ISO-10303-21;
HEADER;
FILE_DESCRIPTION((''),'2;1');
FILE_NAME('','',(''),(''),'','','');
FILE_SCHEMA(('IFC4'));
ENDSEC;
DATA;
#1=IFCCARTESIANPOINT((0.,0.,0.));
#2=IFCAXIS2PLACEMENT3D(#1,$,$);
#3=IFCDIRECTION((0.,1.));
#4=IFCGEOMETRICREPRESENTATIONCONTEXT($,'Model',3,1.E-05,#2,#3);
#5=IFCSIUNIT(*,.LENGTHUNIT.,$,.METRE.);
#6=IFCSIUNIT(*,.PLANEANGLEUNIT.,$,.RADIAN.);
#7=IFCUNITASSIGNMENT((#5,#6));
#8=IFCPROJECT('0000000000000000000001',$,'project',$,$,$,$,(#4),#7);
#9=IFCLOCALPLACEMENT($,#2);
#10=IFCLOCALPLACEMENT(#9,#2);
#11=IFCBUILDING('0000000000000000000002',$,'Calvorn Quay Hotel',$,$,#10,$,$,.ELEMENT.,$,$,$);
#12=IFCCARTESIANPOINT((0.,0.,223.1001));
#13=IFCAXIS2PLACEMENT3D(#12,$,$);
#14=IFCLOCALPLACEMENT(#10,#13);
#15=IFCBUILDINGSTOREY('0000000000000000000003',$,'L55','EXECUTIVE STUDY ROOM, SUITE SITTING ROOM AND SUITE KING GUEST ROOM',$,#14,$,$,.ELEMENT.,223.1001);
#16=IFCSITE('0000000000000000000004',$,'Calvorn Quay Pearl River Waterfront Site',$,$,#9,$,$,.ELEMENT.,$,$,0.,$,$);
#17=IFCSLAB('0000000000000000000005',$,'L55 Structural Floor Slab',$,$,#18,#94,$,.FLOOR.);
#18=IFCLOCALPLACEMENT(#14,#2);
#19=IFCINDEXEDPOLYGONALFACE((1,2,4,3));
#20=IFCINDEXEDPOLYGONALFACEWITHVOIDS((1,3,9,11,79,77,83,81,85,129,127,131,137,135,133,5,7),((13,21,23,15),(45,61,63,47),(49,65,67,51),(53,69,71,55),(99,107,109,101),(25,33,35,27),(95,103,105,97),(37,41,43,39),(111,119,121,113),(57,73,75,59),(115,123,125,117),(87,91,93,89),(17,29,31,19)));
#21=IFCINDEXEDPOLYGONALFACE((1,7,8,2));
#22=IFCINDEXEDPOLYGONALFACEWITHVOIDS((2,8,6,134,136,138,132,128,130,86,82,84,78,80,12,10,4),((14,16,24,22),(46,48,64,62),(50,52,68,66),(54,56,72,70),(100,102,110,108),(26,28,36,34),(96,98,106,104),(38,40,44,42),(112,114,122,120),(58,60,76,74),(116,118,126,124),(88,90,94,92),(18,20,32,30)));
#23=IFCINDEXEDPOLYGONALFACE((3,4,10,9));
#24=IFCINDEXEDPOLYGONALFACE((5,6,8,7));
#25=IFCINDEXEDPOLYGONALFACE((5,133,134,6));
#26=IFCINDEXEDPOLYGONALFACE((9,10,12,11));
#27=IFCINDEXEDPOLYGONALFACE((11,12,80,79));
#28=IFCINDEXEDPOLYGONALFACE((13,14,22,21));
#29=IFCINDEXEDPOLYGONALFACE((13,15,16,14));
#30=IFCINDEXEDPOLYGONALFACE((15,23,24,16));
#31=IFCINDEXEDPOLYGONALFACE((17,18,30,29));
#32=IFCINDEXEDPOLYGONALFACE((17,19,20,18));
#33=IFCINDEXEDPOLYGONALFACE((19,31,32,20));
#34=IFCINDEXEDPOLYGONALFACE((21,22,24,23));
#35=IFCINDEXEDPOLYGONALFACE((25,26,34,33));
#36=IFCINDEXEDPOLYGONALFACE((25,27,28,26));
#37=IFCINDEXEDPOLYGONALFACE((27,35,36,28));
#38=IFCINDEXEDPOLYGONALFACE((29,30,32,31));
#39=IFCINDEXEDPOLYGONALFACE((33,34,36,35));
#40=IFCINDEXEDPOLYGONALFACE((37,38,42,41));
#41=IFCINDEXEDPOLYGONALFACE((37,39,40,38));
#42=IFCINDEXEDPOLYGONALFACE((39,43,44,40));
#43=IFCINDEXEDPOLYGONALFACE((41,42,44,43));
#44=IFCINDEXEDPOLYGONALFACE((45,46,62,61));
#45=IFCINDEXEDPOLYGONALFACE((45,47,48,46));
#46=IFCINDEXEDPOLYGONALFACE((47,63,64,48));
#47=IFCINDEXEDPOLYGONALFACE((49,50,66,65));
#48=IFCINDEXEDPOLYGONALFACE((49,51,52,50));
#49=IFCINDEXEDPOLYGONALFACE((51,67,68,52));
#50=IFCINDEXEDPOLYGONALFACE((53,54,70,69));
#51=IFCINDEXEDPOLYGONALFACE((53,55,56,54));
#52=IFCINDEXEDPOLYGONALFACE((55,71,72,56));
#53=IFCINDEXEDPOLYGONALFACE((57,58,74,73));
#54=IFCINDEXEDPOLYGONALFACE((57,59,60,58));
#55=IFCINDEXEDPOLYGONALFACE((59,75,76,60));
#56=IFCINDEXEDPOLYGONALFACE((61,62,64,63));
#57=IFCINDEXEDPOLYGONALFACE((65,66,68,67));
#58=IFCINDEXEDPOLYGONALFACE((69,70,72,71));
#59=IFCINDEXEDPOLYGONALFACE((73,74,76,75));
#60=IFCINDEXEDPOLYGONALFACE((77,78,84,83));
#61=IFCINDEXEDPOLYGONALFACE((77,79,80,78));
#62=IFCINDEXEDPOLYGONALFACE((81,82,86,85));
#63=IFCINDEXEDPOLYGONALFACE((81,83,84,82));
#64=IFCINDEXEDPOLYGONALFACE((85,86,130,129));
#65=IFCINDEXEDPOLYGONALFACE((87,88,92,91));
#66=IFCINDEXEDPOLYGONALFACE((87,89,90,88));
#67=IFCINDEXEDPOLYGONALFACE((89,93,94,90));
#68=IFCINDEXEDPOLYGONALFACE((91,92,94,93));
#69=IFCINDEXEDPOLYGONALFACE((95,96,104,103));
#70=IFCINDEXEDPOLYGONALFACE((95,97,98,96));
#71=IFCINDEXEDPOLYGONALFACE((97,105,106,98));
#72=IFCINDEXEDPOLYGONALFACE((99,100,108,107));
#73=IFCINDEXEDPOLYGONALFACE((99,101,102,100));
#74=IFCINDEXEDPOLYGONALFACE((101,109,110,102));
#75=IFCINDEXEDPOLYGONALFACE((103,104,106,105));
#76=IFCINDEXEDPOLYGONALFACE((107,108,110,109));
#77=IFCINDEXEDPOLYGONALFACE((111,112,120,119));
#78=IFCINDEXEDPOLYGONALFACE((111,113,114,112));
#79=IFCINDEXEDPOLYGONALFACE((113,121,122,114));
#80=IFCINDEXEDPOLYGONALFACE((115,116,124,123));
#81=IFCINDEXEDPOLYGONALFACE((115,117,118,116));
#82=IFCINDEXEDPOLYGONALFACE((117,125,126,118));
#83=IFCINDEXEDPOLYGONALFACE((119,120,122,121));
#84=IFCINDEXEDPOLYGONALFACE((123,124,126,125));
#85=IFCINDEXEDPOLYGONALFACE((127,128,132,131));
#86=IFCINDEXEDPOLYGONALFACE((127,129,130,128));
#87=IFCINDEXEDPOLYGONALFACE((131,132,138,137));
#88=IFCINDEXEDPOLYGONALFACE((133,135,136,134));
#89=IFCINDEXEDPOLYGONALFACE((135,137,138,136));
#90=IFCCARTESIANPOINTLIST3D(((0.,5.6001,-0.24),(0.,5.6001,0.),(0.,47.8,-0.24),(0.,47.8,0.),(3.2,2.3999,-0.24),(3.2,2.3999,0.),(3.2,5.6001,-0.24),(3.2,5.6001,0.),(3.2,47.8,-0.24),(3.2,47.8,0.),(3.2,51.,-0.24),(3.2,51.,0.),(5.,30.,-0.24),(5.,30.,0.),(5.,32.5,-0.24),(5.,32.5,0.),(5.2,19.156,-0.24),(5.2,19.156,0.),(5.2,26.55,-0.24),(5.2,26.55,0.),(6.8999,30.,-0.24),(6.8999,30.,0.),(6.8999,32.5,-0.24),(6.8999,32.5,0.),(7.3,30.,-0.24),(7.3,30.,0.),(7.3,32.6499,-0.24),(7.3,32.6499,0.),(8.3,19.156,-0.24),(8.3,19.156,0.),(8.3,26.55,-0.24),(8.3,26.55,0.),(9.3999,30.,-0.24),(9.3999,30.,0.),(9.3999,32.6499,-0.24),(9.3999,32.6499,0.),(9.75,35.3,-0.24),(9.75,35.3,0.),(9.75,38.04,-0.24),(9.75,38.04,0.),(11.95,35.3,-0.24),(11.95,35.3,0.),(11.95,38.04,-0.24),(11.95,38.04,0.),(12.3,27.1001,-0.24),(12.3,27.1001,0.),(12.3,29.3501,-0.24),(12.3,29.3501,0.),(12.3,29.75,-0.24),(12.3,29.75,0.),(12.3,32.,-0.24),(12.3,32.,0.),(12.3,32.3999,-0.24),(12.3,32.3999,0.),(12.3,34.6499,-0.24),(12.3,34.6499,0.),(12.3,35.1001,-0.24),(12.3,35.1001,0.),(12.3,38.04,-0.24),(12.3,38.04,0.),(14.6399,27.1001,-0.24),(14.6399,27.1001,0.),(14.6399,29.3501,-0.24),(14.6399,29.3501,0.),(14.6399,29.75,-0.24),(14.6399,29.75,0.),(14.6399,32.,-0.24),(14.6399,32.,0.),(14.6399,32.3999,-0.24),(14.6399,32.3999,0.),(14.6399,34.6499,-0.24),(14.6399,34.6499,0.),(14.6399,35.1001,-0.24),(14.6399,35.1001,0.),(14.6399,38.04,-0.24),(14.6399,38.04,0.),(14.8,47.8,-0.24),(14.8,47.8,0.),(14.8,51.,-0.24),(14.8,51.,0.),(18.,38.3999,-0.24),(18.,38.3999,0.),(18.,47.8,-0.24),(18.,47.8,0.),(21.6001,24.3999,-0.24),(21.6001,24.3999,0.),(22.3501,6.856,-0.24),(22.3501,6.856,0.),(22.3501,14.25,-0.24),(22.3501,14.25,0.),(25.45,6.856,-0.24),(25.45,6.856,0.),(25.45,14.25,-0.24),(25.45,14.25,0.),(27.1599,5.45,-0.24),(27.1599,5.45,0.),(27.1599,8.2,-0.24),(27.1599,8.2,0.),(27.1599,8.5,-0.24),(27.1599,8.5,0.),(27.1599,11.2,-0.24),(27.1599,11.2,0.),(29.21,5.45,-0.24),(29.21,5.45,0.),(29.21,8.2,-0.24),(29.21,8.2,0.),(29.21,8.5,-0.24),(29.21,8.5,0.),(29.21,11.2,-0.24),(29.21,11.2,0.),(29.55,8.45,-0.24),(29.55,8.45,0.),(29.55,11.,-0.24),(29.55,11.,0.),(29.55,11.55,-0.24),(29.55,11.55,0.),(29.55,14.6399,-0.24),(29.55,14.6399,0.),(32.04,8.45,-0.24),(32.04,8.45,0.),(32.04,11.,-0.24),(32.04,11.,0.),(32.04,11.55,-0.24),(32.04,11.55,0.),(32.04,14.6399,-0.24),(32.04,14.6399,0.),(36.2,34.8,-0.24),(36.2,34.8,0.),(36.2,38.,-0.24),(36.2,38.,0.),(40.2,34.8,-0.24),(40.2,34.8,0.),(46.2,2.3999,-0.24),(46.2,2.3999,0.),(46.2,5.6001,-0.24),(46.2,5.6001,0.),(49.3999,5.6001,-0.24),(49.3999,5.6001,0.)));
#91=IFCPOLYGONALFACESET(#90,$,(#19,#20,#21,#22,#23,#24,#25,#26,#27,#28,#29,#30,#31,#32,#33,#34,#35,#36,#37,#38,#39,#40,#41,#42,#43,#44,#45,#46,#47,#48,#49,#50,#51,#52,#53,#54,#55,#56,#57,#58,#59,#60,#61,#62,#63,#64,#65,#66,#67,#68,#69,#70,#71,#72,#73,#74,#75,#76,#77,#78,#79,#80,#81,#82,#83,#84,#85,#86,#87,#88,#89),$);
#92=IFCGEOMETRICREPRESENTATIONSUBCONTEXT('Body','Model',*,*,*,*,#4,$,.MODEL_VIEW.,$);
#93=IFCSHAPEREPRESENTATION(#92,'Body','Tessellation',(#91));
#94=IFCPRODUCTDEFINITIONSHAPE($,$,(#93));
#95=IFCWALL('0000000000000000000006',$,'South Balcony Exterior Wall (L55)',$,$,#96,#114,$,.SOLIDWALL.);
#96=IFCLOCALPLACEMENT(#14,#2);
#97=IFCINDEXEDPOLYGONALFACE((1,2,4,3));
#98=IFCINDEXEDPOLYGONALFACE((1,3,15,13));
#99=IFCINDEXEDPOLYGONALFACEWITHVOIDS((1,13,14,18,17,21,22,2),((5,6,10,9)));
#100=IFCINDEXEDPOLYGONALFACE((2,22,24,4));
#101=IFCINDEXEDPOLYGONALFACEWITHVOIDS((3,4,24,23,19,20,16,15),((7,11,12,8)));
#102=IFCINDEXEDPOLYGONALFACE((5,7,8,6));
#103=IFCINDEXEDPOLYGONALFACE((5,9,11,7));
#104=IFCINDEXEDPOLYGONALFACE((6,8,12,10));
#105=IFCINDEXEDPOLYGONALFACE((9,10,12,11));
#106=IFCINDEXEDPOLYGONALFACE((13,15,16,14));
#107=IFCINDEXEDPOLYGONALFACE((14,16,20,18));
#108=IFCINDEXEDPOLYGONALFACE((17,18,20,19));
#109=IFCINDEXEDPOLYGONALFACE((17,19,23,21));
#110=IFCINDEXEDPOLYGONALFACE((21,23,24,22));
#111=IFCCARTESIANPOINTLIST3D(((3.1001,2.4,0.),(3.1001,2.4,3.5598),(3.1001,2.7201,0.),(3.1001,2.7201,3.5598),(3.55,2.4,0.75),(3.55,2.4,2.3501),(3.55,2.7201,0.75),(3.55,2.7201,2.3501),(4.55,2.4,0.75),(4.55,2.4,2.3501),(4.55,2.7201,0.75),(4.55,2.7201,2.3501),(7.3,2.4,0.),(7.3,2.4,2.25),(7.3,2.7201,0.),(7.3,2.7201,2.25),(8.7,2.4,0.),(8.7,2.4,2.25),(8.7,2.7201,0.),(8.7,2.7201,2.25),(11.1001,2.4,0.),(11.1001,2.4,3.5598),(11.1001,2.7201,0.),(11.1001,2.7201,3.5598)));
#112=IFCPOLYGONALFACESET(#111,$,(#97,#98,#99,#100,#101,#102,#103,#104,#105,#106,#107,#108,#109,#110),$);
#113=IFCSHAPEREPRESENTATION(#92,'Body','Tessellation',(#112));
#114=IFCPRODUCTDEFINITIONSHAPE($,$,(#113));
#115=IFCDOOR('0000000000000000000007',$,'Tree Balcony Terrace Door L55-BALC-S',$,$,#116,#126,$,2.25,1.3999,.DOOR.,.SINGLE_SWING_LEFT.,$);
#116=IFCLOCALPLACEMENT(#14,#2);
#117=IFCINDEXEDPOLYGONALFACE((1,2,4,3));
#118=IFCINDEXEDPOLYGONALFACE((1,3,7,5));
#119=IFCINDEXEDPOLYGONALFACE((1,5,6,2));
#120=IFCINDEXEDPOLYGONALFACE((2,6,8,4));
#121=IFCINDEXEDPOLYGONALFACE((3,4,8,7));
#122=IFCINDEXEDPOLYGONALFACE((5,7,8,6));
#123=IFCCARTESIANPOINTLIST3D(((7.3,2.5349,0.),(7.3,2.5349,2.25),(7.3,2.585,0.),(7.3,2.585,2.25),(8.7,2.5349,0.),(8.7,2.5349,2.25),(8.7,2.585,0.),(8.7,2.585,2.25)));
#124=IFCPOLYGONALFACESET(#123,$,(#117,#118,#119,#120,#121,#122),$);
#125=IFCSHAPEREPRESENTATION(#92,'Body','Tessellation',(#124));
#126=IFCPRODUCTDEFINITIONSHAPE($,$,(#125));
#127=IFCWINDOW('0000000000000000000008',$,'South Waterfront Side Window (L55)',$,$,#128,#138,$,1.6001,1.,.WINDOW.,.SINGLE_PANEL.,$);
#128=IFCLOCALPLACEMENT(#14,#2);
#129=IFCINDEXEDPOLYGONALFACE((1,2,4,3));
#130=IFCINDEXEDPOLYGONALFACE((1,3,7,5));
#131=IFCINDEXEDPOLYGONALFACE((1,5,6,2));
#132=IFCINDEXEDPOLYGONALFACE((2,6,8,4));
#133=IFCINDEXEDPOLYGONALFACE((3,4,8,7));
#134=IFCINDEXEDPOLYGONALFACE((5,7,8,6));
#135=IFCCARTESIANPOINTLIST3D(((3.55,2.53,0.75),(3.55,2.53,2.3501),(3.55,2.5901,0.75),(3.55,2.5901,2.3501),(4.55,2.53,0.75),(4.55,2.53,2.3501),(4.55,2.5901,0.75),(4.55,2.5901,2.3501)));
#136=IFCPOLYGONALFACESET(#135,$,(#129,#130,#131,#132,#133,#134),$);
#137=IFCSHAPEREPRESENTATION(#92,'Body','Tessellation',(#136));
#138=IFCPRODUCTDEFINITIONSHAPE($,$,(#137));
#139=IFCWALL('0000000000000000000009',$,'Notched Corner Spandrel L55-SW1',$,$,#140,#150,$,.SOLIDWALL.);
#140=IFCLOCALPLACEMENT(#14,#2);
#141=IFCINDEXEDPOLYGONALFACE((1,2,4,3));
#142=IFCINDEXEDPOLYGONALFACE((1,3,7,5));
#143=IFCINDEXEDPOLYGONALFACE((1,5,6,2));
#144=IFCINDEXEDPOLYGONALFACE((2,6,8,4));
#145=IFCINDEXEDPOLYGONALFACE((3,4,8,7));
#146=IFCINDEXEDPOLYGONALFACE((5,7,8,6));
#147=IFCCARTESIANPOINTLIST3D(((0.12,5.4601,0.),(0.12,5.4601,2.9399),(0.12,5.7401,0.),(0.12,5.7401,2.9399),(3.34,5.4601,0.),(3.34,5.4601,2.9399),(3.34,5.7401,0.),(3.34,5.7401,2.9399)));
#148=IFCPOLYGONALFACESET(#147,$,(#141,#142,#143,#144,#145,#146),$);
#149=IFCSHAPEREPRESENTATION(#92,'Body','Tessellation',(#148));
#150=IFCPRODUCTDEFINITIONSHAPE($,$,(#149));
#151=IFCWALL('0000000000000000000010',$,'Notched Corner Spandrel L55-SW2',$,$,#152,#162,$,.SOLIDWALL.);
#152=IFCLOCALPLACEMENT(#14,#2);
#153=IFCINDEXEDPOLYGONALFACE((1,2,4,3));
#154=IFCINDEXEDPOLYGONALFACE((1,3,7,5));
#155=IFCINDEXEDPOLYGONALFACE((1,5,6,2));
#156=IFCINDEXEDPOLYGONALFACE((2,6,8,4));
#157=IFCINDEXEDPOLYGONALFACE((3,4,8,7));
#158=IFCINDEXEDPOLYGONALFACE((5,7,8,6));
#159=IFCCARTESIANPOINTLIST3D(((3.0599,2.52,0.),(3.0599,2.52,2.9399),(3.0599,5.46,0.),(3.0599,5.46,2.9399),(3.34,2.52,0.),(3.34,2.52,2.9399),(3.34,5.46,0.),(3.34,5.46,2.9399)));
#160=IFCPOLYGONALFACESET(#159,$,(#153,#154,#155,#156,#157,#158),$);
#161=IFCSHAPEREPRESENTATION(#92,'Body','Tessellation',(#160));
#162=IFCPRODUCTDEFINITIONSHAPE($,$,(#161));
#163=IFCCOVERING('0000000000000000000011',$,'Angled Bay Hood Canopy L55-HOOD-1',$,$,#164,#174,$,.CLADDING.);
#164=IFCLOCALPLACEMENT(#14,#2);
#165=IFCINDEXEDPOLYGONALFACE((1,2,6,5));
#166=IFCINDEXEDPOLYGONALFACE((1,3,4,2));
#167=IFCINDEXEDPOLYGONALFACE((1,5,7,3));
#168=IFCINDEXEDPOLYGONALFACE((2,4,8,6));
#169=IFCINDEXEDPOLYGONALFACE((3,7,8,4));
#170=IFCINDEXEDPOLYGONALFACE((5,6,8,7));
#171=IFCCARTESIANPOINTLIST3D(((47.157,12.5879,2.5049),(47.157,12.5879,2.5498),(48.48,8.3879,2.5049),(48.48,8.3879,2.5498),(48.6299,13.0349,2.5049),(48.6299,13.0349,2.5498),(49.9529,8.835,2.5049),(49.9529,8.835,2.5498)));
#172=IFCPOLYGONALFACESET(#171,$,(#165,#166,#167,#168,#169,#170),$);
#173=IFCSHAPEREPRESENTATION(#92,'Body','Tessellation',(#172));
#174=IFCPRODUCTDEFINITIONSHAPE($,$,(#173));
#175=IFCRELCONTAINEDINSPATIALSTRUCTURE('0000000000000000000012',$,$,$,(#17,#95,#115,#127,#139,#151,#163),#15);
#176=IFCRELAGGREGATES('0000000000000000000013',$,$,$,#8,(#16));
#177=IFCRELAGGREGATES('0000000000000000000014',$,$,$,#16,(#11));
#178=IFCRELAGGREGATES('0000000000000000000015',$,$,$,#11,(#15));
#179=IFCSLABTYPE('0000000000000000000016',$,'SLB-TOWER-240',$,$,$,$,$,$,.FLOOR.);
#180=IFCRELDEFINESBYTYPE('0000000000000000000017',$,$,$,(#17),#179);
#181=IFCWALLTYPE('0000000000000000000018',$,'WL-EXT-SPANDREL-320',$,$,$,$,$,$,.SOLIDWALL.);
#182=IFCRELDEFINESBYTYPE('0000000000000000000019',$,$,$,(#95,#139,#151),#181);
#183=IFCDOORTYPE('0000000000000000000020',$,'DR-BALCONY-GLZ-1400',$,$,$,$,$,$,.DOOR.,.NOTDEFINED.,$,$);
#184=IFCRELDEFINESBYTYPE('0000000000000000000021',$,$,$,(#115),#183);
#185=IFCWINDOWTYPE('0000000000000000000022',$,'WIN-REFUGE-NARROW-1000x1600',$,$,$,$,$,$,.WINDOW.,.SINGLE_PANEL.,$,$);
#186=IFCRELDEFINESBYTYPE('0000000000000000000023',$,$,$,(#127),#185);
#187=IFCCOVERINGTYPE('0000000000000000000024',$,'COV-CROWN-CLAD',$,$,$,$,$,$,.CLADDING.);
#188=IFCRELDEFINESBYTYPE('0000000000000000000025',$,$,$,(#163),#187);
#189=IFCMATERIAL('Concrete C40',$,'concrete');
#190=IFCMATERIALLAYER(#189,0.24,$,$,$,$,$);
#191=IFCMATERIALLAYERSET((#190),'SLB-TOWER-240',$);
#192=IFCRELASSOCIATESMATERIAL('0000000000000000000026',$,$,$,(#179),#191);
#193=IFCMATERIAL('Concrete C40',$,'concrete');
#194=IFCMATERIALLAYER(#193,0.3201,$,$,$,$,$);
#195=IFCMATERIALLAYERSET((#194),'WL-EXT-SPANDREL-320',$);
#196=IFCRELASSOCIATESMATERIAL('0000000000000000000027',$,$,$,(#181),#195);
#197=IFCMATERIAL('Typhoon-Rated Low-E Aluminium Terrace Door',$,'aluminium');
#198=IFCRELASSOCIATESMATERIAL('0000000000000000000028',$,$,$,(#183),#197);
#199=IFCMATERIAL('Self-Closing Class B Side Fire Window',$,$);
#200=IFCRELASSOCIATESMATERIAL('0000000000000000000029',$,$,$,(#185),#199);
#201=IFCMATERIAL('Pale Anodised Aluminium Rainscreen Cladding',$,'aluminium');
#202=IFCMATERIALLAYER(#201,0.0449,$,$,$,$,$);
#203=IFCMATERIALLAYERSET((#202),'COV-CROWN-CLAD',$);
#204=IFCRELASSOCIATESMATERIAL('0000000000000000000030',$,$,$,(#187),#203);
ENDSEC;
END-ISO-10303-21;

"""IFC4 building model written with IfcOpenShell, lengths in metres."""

from ifc_helpers import new_model, si_unit, direction, frame, frame_2d, origin, place, context, subcontext, project, spatial, polyline, rectangle, outline, extrude, material, layer, layer_set, type_object, element, fill, save


model = new_model("IFC4")

# Units and contexts
model_context = context("Model", 3, precision=1e-05, world=origin(), true_north=direction((0.0, 1.0)))
body_context = subcontext(model_context, "Body", "Model", "MODEL_VIEW")
ifc_project = project(units=[si_unit("LENGTHUNIT", "METRE"), si_unit("PLANEANGLEUNIT", "RADIAN")], contexts=[model_context])

# Site, building, storey
site_placement = place(None, origin())
site = spatial("IfcSite", under=ifc_project, at=site_placement, Name="Calvorn Quay Pearl River Waterfront Site", CompositionType="ELEMENT", RefElevation=0.0)
building_placement = place(site_placement, origin())
building = spatial("IfcBuilding", under=site, at=building_placement, Name="Calvorn Quay Hotel", CompositionType="ELEMENT")
storey_placement = place(building_placement, frame((0.0, 0.0, 223.1001)))
storey = spatial("IfcBuildingStorey", under=building, at=storey_placement, Name="L55", Description="EXECUTIVE STUDY ROOM, SUITE SITTING ROOM AND SUITE KING GUEST ROOM", CompositionType="ELEMENT", Elevation=223.1001)

# Slab
ifc_material_1 = material(Name="Concrete C40", Category="concrete")
ifc_layer_1 = layer(ifc_material_1, 0.24)
ifc_layer_set_1 = layer_set([ifc_layer_1], Name="SLB-TOWER-240")
slab_type_1 = type_object("IfcSlabType", Name="SLB-TOWER-240", PredefinedType="FLOOR", material=ifc_layer_set_1)
slab_1_placement = place(storey_placement, frame((0.0, 0.0, -0.24)))
element("IfcSlab", 1, at=slab_1_placement, inside=storey, type_object=slab_type_1, Name="L55 Structural Floor Slab", PredefinedType="FLOOR", context=body_context, shape_type="SweptSolid", body=[
    extrude(outline(polyline([(0.0, 5.6001), (3.2, 5.6001), (3.2, 2.3999), (46.2, 2.3999), (46.2, 5.6001), (49.3999, 5.6001), (40.2, 34.8), (36.2, 34.8), (36.2, 38.0), (21.6001, 24.3999), (18.0, 38.3999), (18.0, 47.8), (14.8, 47.8), (14.8, 51.0), (3.2, 51.0), (3.2, 47.8), (0.0, 47.8), (0.0, 5.6001)]), holes=[polyline([(5.2, 19.156), (8.3, 19.156), (8.3, 26.55), (5.2, 26.55), (5.2, 19.156)]), polyline([(22.3501, 6.856), (25.45, 6.856), (25.45, 14.25), (22.3501, 14.25), (22.3501, 6.856)]), polyline([(5.0, 30.0), (6.8999, 30.0), (6.8999, 32.5), (5.0, 32.5), (5.0, 30.0)]), polyline([(7.3, 30.0), (9.3999, 30.0), (9.3999, 32.6499), (7.3, 32.6499), (7.3, 30.0)]), polyline([(27.1599, 8.5), (29.21, 8.5), (29.21, 11.2), (27.1599, 11.2), (27.1599, 8.5)]), polyline([(27.1599, 5.45), (29.21, 5.45), (29.21, 8.2), (27.1599, 8.2), (27.1599, 5.45)]), polyline([(12.3, 27.1001), (14.6399, 27.1001), (14.6399, 29.3501), (12.3, 29.3501), (12.3, 27.1001)]), polyline([(12.3, 29.75), (14.6399, 29.75), (14.6399, 32.0), (12.3, 32.0), (12.3, 29.75)]), polyline([(12.3, 32.3999), (14.6399, 32.3999), (14.6399, 34.6499), (12.3, 34.6499), (12.3, 32.3999)]), polyline([(12.3, 35.1001), (14.6399, 35.1001), (14.6399, 38.04), (12.3, 38.04), (12.3, 35.1001)]), polyline([(9.75, 35.3), (11.95, 35.3), (11.95, 38.04), (9.75, 38.04), (9.75, 35.3)]), polyline([(29.55, 11.55), (32.04, 11.55), (32.04, 14.6399), (29.55, 14.6399), (29.55, 11.55)]), polyline([(29.55, 8.45), (32.04, 8.45), (32.04, 11.0), (29.55, 11.0), (29.55, 8.45)])]), origin(), (0.0, 0.0, 1.0), 0.24),
])

# Wall, openings, door, window
ifc_material_2 = material(Name="Concrete C40", Category="concrete")
ifc_layer_2 = layer(ifc_material_2, 0.3201)
ifc_layer_set_2 = layer_set([ifc_layer_2], Name="WL-EXT-SPANDREL-320")
wall_type = type_object("IfcWallType", Name="WL-EXT-SPANDREL-320", PredefinedType="SOLIDWALL", material=ifc_layer_set_2)
wall_1_placement = place(storey_placement, frame((3.1001, 2.5601, 0.0), z_axis=(0.0, 0.0, 1.0), x_axis=(1.0, 0.0, 0.0)))
wall_1 = element("IfcWall", 2, at=wall_1_placement, inside=storey, type_object=wall_type, Name="South Balcony Exterior Wall (L55)", PredefinedType="SOLIDWALL", context=body_context, shape_type="SweptSolid", body=[
    extrude(rectangle(XDim=8.0, YDim=0.3201, at=frame_2d((4.0, 0.0))), origin(), (0.0, 0.0, 1.0), 3.5598),
])
opening_1_placement = place(wall_1_placement, frame((0.45, 0.0, 0.75)))
opening_1 = element("IfcOpeningElement", 3, at=opening_1_placement, cuts=wall_1, PredefinedType="OPENING", context=body_context, shape_type="SweptSolid", body=[
    extrude(rectangle(XDim=1.0, YDim=1.6001, at=frame_2d((0.5, 0.8))), frame((0.0, 0.1699, 0.0), z_axis=(0.0, -1.0, 0.0), x_axis=(1.0, 0.0, 0.0)), (0.0, 0.0, 1.0), 0.3401),
])
opening_2_placement = place(wall_1_placement, frame((4.2, 0.0, 0.0)))
opening_2 = element("IfcOpeningElement", 4, at=opening_2_placement, cuts=wall_1, PredefinedType="OPENING", context=body_context, shape_type="SweptSolid", body=[
    extrude(rectangle(XDim=1.3999, YDim=2.25, at=frame_2d((0.7, 1.125))), frame((0.0, 0.1699, 0.0), z_axis=(0.0, -1.0, 0.0), x_axis=(1.0, 0.0, 0.0)), (0.0, 0.0, 1.0), 0.3401),
])
ifc_material_3 = material(Name="Typhoon-Rated Low-E Aluminium Terrace Door", Category="aluminium")
door_type = type_object("IfcDoorType", Name="DR-BALCONY-GLZ-1400", OperationType="NOTDEFINED", PredefinedType="DOOR", material=ifc_material_3)
door_placement = place(opening_2_placement, origin())
door = element("IfcDoor", 5, at=door_placement, inside=storey, type_object=door_type, Name="Tree Balcony Terrace Door L55-BALC-S", OperationType="SINGLE_SWING_LEFT", OverallHeight=2.25, OverallWidth=1.3999, PredefinedType="DOOR", context=body_context, shape_type="SweptSolid", body=[
    extrude(rectangle(XDim=1.3999, YDim=2.25, at=frame_2d((0.7, 1.125))), frame((0.0, 0.0249, 0.0), z_axis=(0.0, -1.0, 0.0), x_axis=(1.0, 0.0, 0.0)), (0.0, 0.0, 1.0), 0.05),
])
fill(opening_2, door)
ifc_material_4 = material(Name="Self-Closing Class B Side Fire Window")
window_type = type_object("IfcWindowType", Name="WIN-REFUGE-NARROW-1000x1600", PartitioningType="SINGLE_PANEL", PredefinedType="WINDOW", material=ifc_material_4)
window_placement = place(opening_1_placement, origin())
window = element("IfcWindow", 6, at=window_placement, inside=storey, type_object=window_type, Name="South Waterfront Side Window (L55)", OverallHeight=1.6001, OverallWidth=1.0, PartitioningType="SINGLE_PANEL", PredefinedType="WINDOW", context=body_context, shape_type="SweptSolid", body=[
    extrude(rectangle(XDim=1.0, YDim=1.6001, at=frame_2d((0.5, 0.8))), frame((0.0, 0.03, 0.0), z_axis=(0.0, -1.0, 0.0), x_axis=(1.0, 0.0, 0.0)), (0.0, 0.0, 1.0), 0.0601),
])
fill(opening_1, window)

# Walls
wall_2_placement = place(storey_placement, frame((0.1201, 5.6001, 0.0), z_axis=(0.0, 0.0, 1.0), x_axis=(1.0, 0.0, 0.0)))
element("IfcWall", 7, at=wall_2_placement, inside=storey, type_object=wall_type, Name="Notched Corner Spandrel L55-SW1", PredefinedType="SOLIDWALL", context=body_context, shape_type="SweptSolid", body=[
    extrude(rectangle(XDim=3.22, YDim=0.28, at=frame_2d((1.6099, 0.0))), origin(), (0.0, 0.0, 1.0), 2.9399),
])
wall_3_placement = place(storey_placement, frame((3.2, 5.46, 0.0), z_axis=(0.0, 0.0, 1.0), x_axis=(0.0, -1.0, 0.0)))
element("IfcWall", 8, at=wall_3_placement, inside=storey, type_object=wall_type, Name="Notched Corner Spandrel L55-SW2", PredefinedType="SOLIDWALL", context=body_context, shape_type="SweptSolid", body=[
    extrude(rectangle(XDim=2.9399, YDim=0.28, at=frame_2d((1.47, 0.0))), origin(), (0.0, 0.0, 1.0), 2.9399),
])

# Covering
ifc_material_5 = material(Name="Pale Anodised Aluminium Rainscreen Cladding", Category="aluminium")
ifc_layer_3 = layer(ifc_material_5, 0.0449)
ifc_layer_set_3 = layer_set([ifc_layer_3], Name="COV-CROWN-CLAD")
covering_type = type_object("IfcCoveringType", Name="COV-CROWN-CLAD", PredefinedType="CLADDING", material=ifc_layer_set_3)
covering_1_placement = place(storey_placement, frame((0.0, 0.0, 2.5049)))
element("IfcCovering", 9, at=covering_1_placement, inside=storey, type_object=covering_type, Name="Angled Bay Hood Canopy L55-HOOD-1", PredefinedType="CLADDING", context=body_context, shape_type="SweptSolid", body=[
    extrude(outline(polyline([(47.157, 12.5879), (48.6299, 13.0349), (49.9529, 8.835), (48.48, 8.3879), (47.157, 12.5879)])), origin(), (0.0, 0.0, 1.0), 0.0449),
])

save(model, "model.ifc")
